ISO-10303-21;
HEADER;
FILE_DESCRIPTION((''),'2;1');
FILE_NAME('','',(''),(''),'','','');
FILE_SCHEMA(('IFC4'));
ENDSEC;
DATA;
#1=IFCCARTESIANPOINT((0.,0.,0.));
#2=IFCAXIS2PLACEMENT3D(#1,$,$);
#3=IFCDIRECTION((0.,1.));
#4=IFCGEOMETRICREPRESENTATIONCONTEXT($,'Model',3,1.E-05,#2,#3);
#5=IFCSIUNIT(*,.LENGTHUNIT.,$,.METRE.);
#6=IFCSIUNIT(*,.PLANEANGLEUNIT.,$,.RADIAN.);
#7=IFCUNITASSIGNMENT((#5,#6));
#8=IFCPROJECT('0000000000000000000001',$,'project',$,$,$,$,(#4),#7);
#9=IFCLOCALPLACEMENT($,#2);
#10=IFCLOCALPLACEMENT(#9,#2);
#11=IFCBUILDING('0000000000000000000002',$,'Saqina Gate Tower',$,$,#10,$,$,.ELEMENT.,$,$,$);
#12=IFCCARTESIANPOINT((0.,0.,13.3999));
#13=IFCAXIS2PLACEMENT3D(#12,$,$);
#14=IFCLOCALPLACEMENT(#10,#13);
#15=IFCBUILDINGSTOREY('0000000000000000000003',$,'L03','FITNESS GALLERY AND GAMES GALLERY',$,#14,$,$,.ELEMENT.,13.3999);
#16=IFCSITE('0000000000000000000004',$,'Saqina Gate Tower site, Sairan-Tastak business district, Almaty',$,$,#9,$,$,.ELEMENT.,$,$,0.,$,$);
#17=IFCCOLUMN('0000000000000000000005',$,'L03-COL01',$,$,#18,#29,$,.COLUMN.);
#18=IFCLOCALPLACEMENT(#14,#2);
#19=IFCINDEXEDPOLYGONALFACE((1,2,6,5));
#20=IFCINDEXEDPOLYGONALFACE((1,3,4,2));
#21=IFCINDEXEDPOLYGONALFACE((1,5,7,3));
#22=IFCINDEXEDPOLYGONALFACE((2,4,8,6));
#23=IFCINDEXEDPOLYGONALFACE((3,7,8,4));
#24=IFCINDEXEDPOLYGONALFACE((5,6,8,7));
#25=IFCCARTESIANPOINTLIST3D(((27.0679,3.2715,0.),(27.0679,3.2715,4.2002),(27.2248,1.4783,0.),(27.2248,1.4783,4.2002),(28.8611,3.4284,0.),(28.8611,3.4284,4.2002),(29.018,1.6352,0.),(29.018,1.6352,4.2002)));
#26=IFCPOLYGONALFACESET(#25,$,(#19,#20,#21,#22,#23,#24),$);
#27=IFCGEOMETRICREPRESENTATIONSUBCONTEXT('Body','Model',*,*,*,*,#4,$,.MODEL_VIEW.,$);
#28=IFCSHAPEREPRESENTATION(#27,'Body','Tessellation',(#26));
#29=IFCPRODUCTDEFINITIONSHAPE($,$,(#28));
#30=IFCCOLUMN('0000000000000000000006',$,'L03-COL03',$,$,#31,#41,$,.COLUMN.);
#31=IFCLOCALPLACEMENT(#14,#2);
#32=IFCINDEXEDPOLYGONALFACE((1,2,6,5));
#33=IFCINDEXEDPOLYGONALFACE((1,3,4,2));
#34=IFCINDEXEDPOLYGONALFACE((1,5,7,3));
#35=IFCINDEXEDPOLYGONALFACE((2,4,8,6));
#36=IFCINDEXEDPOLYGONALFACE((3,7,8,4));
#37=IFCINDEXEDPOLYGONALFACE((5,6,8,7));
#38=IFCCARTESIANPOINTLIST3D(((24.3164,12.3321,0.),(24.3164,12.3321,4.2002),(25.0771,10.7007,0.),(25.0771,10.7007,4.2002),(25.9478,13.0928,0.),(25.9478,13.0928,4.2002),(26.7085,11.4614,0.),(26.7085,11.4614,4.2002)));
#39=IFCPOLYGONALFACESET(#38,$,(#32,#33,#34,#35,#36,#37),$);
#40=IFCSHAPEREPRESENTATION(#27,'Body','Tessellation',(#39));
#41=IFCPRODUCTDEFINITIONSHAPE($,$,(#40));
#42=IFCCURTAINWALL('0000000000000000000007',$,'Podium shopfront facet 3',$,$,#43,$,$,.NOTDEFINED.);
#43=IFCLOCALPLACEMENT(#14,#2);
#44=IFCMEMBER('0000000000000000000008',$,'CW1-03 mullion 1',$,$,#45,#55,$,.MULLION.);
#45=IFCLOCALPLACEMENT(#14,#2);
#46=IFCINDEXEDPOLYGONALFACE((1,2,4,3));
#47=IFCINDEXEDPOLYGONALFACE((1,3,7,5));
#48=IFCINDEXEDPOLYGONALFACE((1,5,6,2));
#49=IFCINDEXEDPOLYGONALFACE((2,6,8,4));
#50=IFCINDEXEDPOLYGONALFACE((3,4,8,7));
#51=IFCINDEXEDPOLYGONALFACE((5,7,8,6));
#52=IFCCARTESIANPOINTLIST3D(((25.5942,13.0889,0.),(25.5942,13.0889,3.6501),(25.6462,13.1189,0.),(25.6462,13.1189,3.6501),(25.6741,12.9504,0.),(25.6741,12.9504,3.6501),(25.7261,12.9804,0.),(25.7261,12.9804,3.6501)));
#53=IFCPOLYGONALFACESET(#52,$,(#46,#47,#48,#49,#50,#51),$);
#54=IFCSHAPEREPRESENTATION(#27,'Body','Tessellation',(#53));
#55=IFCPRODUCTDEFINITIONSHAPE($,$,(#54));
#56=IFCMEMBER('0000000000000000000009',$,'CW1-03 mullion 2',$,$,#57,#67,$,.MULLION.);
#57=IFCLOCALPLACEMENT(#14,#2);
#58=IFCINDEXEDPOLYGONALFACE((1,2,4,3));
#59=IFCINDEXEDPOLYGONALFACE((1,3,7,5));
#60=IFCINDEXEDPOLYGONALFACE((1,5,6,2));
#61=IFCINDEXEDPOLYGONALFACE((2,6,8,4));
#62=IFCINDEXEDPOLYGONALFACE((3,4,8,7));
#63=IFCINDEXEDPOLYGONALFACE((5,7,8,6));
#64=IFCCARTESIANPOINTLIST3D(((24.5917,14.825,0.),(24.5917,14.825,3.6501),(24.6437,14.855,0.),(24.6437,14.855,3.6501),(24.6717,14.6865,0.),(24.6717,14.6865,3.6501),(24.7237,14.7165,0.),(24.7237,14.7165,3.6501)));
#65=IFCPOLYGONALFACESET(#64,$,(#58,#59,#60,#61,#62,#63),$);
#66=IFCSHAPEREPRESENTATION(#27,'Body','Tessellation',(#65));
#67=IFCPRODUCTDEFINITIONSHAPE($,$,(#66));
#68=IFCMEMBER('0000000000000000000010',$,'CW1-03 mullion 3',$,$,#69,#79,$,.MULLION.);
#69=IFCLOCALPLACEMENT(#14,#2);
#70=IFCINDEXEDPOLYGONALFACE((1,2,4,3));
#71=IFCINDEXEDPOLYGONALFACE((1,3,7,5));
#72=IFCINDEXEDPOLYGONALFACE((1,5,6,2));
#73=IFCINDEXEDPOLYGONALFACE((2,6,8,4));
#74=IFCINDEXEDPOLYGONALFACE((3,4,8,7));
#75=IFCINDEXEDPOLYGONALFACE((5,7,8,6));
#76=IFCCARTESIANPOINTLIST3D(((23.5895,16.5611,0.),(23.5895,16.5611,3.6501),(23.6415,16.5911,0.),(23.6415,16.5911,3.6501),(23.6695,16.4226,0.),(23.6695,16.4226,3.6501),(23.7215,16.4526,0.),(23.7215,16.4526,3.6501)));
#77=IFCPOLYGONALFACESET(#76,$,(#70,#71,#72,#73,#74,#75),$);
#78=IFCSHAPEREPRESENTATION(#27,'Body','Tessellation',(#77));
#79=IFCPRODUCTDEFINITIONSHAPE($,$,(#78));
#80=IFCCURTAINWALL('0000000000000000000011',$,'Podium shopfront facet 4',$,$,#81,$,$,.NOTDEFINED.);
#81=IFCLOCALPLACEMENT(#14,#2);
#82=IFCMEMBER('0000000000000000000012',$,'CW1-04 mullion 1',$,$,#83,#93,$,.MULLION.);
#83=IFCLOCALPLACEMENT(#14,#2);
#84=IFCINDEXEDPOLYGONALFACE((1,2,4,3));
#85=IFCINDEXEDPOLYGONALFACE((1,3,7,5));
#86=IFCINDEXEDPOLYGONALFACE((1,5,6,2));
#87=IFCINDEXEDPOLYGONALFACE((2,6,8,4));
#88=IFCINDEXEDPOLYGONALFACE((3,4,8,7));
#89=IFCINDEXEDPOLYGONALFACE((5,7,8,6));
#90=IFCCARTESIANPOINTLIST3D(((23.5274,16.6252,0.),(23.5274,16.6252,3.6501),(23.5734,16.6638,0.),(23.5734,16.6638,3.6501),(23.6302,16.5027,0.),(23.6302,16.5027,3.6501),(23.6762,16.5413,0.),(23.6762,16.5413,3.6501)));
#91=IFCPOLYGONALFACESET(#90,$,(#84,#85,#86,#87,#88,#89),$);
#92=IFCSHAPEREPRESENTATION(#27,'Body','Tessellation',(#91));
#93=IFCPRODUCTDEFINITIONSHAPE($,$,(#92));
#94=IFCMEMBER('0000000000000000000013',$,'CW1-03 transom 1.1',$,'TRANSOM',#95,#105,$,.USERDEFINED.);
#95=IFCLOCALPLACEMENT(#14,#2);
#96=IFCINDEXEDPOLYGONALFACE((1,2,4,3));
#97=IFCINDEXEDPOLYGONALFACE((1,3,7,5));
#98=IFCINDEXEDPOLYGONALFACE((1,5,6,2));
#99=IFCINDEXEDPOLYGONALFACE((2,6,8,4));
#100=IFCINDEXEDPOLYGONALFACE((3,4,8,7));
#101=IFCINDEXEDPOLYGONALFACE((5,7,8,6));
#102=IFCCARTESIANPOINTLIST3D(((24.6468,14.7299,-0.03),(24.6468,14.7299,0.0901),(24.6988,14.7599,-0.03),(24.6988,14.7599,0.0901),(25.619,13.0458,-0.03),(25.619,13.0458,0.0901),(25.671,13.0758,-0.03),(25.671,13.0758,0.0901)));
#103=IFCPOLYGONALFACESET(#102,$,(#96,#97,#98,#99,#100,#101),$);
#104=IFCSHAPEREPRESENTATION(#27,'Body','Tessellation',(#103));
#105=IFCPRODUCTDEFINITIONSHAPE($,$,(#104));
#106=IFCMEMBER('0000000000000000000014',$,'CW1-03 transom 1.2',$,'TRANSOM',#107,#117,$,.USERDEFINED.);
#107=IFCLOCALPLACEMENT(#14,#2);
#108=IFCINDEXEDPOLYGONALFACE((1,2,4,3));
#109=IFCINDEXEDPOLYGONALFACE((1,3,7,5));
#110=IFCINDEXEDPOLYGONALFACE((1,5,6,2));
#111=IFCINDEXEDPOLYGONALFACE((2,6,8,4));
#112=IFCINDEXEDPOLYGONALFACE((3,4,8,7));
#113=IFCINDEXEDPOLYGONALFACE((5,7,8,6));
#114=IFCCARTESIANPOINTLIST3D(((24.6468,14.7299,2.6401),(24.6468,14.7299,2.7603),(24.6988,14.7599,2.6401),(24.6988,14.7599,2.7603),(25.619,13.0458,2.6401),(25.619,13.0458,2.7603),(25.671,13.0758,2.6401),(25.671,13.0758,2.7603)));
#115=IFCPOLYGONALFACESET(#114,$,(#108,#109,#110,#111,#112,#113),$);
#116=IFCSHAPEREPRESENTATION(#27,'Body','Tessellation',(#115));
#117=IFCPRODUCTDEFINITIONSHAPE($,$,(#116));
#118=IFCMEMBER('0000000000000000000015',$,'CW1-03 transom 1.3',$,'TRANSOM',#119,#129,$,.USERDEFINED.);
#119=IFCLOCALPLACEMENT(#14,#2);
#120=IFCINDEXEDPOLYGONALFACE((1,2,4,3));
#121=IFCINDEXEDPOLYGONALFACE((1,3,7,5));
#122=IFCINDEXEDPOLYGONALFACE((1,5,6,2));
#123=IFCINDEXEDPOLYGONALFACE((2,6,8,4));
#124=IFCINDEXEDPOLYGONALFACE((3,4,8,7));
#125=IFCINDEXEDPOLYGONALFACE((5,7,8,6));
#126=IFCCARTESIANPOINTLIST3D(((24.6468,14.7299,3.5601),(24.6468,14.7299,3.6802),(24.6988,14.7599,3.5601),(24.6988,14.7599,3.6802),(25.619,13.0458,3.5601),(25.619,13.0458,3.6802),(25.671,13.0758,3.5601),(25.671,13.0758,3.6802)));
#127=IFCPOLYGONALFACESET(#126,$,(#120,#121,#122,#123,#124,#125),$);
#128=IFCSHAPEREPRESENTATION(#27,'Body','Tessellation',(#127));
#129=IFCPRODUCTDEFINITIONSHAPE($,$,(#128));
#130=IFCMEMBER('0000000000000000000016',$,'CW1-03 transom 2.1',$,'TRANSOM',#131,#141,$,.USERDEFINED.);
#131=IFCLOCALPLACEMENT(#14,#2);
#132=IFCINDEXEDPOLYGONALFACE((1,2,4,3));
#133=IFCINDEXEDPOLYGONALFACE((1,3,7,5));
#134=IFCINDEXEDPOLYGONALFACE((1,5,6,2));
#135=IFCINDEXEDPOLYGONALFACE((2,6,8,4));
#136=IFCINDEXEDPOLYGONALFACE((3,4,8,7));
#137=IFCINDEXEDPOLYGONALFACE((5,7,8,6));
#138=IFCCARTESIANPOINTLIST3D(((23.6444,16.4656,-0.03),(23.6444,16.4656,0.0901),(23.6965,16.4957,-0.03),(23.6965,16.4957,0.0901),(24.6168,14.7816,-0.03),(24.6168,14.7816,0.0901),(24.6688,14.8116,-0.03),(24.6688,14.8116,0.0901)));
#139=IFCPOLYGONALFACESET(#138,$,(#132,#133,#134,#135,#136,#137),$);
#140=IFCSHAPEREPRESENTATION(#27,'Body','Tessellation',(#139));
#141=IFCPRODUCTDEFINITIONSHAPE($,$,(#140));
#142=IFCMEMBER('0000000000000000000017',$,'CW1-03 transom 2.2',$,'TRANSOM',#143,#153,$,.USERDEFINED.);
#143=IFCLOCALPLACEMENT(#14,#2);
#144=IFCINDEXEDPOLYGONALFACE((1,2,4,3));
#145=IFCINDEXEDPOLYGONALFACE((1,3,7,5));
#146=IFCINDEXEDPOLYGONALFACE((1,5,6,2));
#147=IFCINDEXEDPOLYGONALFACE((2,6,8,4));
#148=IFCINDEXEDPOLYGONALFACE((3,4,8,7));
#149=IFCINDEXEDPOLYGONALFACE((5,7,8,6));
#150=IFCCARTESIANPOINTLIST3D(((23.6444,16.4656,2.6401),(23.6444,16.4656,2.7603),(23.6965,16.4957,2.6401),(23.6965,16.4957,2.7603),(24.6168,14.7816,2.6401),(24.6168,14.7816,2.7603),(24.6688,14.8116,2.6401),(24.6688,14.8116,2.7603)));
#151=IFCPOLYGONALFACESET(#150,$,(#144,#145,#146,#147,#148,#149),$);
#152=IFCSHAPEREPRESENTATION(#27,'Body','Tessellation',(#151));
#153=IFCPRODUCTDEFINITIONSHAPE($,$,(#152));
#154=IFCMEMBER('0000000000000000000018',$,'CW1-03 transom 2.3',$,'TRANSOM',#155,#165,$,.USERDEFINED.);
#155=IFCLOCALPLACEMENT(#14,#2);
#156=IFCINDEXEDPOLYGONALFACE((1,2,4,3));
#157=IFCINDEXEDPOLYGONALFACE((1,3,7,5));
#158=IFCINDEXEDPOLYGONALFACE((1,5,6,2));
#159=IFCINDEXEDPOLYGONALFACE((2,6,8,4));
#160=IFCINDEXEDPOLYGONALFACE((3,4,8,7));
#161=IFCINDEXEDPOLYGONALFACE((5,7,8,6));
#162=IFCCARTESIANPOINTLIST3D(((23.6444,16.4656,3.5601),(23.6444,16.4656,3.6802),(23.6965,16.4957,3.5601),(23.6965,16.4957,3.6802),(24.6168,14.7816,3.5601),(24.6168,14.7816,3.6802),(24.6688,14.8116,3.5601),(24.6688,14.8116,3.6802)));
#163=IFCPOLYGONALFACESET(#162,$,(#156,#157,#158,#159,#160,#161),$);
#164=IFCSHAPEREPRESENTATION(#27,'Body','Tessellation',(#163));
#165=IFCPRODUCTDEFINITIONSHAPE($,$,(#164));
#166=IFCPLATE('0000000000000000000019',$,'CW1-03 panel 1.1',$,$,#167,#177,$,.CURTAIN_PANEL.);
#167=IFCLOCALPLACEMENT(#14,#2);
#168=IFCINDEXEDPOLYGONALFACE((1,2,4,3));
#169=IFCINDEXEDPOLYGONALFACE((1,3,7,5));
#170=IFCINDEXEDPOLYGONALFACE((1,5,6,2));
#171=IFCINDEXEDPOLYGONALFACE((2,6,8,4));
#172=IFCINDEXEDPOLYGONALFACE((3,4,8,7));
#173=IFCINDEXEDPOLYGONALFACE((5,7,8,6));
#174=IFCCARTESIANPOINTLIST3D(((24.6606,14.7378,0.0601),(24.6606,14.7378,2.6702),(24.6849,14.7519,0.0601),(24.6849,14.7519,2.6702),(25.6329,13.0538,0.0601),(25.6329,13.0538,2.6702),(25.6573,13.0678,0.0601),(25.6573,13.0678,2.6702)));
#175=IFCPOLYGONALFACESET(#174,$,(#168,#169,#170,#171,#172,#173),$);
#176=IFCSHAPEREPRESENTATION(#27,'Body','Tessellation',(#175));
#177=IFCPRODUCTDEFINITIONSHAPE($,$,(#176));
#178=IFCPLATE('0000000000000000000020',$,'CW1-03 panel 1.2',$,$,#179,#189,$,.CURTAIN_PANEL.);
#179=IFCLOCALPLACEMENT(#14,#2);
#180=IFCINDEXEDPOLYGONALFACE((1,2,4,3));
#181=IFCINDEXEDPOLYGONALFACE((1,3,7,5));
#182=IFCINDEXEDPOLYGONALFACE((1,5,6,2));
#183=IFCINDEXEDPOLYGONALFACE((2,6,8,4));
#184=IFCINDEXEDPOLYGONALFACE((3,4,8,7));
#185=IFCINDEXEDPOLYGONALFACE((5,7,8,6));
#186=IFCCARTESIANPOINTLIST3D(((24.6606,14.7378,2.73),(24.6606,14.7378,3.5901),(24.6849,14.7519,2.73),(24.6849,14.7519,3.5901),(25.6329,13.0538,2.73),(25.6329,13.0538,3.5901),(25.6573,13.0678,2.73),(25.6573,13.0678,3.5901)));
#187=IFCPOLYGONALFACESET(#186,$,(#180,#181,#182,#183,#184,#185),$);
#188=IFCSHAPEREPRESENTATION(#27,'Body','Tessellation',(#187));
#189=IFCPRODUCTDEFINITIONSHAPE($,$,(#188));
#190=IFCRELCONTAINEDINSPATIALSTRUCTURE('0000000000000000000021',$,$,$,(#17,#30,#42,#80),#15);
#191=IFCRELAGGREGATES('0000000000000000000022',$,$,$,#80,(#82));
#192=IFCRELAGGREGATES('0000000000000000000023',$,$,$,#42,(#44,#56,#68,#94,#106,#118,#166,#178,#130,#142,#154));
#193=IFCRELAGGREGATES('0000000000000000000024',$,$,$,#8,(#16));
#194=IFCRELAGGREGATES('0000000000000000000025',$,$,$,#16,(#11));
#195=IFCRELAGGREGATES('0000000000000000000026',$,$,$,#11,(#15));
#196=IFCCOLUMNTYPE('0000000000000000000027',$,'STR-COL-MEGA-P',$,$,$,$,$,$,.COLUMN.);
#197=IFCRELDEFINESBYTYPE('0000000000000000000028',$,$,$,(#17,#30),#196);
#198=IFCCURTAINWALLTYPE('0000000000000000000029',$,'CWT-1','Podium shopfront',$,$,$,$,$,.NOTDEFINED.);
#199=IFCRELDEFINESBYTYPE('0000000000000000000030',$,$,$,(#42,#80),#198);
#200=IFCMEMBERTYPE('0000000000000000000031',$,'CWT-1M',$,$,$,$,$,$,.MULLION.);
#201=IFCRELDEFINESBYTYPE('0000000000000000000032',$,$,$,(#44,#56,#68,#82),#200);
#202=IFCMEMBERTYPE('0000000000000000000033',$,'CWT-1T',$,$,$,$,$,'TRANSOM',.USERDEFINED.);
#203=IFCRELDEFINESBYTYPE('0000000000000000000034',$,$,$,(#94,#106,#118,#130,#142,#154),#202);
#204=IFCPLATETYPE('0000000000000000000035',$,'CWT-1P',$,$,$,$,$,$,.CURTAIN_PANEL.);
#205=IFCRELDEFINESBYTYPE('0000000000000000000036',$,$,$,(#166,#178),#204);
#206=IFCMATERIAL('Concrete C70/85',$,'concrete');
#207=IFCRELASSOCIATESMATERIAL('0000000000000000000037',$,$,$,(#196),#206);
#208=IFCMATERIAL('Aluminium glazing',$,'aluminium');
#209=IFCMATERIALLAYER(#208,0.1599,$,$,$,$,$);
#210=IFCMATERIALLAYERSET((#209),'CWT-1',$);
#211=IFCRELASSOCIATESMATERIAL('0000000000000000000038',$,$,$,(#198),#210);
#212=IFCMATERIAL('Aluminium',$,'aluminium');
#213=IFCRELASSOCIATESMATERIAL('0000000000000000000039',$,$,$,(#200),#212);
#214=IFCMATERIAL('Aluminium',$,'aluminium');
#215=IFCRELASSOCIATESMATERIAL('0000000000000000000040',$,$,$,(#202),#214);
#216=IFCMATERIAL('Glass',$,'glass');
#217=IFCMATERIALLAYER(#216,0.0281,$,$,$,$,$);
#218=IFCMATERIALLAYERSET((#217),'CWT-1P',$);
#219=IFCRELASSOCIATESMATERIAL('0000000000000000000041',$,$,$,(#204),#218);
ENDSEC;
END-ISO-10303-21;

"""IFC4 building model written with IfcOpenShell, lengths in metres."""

from ifc_helpers import new_model, si_unit, direction, frame, origin, origin_2d, place, context, subcontext, project, spatial, rectangle, extrude, material, layer, layer_set, material_profile, profile_set, type_object, element, aggregate, save


model = new_model("IFC4")

# Units and contexts
model_context = context("Model", 3, precision=1e-05, world=origin(), true_north=direction((0.0, 1.0)))
body_context = subcontext(model_context, "Body", "Model", "MODEL_VIEW")
ifc_project = project(units=[si_unit("LENGTHUNIT", "METRE"), si_unit("PLANEANGLEUNIT", "RADIAN")], contexts=[model_context])

# Site, building, storey
site_placement = place(None, origin())
site = spatial("IfcSite", under=ifc_project, at=site_placement, Name="Saqina Gate Tower site, Sairan-Tastak business district, Almaty", CompositionType="ELEMENT", RefElevation=0.0)
building_placement = place(site_placement, origin())
building = spatial("IfcBuilding", under=site, at=building_placement, Name="Saqina Gate Tower", CompositionType="ELEMENT")
storey_placement = place(building_placement, frame((0.0, 0.0, 13.3999)))
storey = spatial("IfcBuildingStorey", under=building, at=storey_placement, Name="L03", Description="FITNESS GALLERY AND GAMES GALLERY", CompositionType="ELEMENT", Elevation=13.3999)

# Columns
ifc_material_1 = material(Name="Concrete C70/85", Category="concrete")
ifc_material_profile_1 = material_profile(ifc_material_1, rectangle(XDim=1.8, YDim=1.8, at=origin_2d()), Name="RC 1800x1800")
ifc_profile_set_1 = profile_set([ifc_material_profile_1], Name="Concrete C70/85")
column_type = type_object("IfcColumnType", Name="STR-COL-MEGA-P", PredefinedType="COLUMN", material=ifc_profile_set_1)
for number, where, z_axis, x_axis, name in (
    (1, (28.043, 2.4534, 0.0), (0.0, 0.0, 1.0), (0.996195, 0.087156, 0.0), "L03-COL01"),
    (2, (25.5125, 11.8967, 0.0), (0.0, 0.0, 1.0), (0.906308, 0.422618, 0.0), "L03-COL03"),
):
    element("IfcColumn", number, at=place(storey_placement, frame(where, z_axis=z_axis, x_axis=x_axis)), inside=storey, type_object=column_type, Name=name, PredefinedType="COLUMN", context=body_context, shape_type="SweptSolid", body=[
        extrude(rectangle(XDim=1.8, YDim=1.8, at=origin_2d()), origin(), (0.0, 0.0, 1.0), 4.2002),
    ])

# Curtain wall, members
ifc_material_2 = material(Name="Aluminium glazing", Category="aluminium")
ifc_layer_1 = layer(ifc_material_2, 0.1599)
ifc_layer_set_1 = layer_set([ifc_layer_1], Name="CWT-1")
curtain_wall_type = type_object("IfcCurtainWallType", Name="CWT-1", Description="Podium shopfront", PredefinedType="NOTDEFINED", material=ifc_layer_set_1)
curtain_wall_1_placement = place(storey_placement, origin())
curtain_wall_1 = element("IfcCurtainWall", 3, at=curtain_wall_1_placement, inside=storey, type_object=curtain_wall_type, Name="Podium shopfront facet 3", PredefinedType="NOTDEFINED")
ifc_material_3 = material(Name="Aluminium", Category="aluminium")
ifc_material_profile_2 = material_profile(ifc_material_3, rectangle(XDim=0.0601, YDim=0.1599, at=origin_2d()), Name="Aluminium 60x160")
ifc_profile_set_2 = profile_set([ifc_material_profile_2], Name="Aluminium")
member_type_1 = type_object("IfcMemberType", Name="CWT-1M", PredefinedType="MULLION", material=ifc_profile_set_2)
member_1_placement = place(storey_placement, frame((25.6602, 13.0347, 0.0), z_axis=(0.0, 0.0, 1.0), x_axis=(-0.866017, -0.500014, 0.0)))
member_1 = element("IfcMember", 4, at=member_1_placement, type_object=member_type_1, Name="CW1-03 mullion 1", PredefinedType="MULLION", context=body_context, shape_type="SweptSolid", body=[
    extrude(rectangle(XDim=0.0601, YDim=0.1599, at=origin_2d()), origin(), (0.0, 0.0, 1.0), 3.6501),
])
member_2_placement = place(storey_placement, frame((24.6577, 14.7708, 0.0), z_axis=(0.0, 0.0, 1.0), x_axis=(-0.866017, -0.500014, 0.0)))
member_2 = element("IfcMember", 5, at=member_2_placement, type_object=member_type_1, Name="CW1-03 mullion 2", PredefinedType="MULLION", context=body_context, shape_type="SweptSolid", body=[
    extrude(rectangle(XDim=0.0601, YDim=0.1599, at=origin_2d()), origin(), (0.0, 0.0, 1.0), 3.6501),
])
member_3_placement = place(storey_placement, frame((23.6555, 16.5068, 0.0), z_axis=(0.0, 0.0, 1.0), x_axis=(-0.866017, -0.500014, 0.0)))
member_3 = element("IfcMember", 6, at=member_3_placement, type_object=member_type_1, Name="CW1-03 mullion 3", PredefinedType="MULLION", context=body_context, shape_type="SweptSolid", body=[
    extrude(rectangle(XDim=0.0601, YDim=0.1599, at=origin_2d()), origin(), (0.0, 0.0, 1.0), 3.6501),
])

# Curtain wall, member
curtain_wall_2_placement = place(storey_placement, origin())
curtain_wall_2 = element("IfcCurtainWall", 7, at=curtain_wall_2_placement, inside=storey, type_object=curtain_wall_type, Name="Podium shopfront facet 4", PredefinedType="NOTDEFINED")
member_4_placement = place(storey_placement, frame((23.6018, 16.5833, 0.0), z_axis=(0.0, 0.0, 1.0), x_axis=(-0.766051, -0.642779, 0.0)))
member_4 = element("IfcMember", 8, at=member_4_placement, type_object=member_type_1, Name="CW1-04 mullion 1", PredefinedType="MULLION", context=body_context, shape_type="SweptSolid", body=[
    extrude(rectangle(XDim=0.0601, YDim=0.1599, at=origin_2d()), origin(), (0.0, 0.0, 1.0), 3.6501),
])
aggregate(curtain_wall_2, [member_4])

# Members
ifc_material_4 = material(Name="Aluminium", Category="aluminium")
ifc_material_profile_3 = material_profile(ifc_material_4, rectangle(XDim=0.0601, YDim=0.1201, at=origin_2d()), Name="Aluminium 60x120")
ifc_profile_set_3 = profile_set([ifc_material_profile_3], Name="Aluminium")
member_type_2 = type_object("IfcMemberType", Name="CWT-1T", ElementType="TRANSOM", PredefinedType="USERDEFINED", material=ifc_profile_set_3)
member_5_placement = place(storey_placement, frame((25.645, 13.0608, 0.03), z_axis=(-0.499947, 0.866056, 0.0), x_axis=(-0.866056, -0.499947, 0.0)))
member_5 = element("IfcMember", 9, at=member_5_placement, type_object=member_type_2, Name="CW1-03 transom 1.1", ObjectType="TRANSOM", PredefinedType="USERDEFINED", context=body_context, shape_type="SweptSolid", body=[
    extrude(rectangle(XDim=0.0601, YDim=0.1201, at=origin_2d()), origin(), (0.0, 0.0, 1.0), 1.9446),
])
member_6_placement = place(storey_placement, frame((25.645, 13.0608, 2.7002), z_axis=(-0.499947, 0.866056, 0.0), x_axis=(-0.866056, -0.499947, 0.0)))
member_6 = element("IfcMember", 10, at=member_6_placement, type_object=member_type_2, Name="CW1-03 transom 1.2", ObjectType="TRANSOM", PredefinedType="USERDEFINED", context=body_context, shape_type="SweptSolid", body=[
    extrude(rectangle(XDim=0.0601, YDim=0.1201, at=origin_2d()), origin(), (0.0, 0.0, 1.0), 1.9446),
])
member_7_placement = place(storey_placement, frame((25.645, 13.0608, 3.6201), z_axis=(-0.499947, 0.866056, 0.0), x_axis=(-0.866056, -0.499947, 0.0)))
member_7 = element("IfcMember", 11, at=member_7_placement, type_object=member_type_2, Name="CW1-03 transom 1.3", ObjectType="TRANSOM", PredefinedType="USERDEFINED", context=body_context, shape_type="SweptSolid", body=[
    extrude(rectangle(XDim=0.0601, YDim=0.1201, at=origin_2d()), origin(), (0.0, 0.0, 1.0), 1.9446),
])
member_8_placement = place(storey_placement, frame((24.6428, 14.7966, 0.03), z_axis=(-0.500041, 0.866002, 0.0), x_axis=(-0.866002, -0.500041, 0.0)))
member_8 = element("IfcMember", 12, at=member_8_placement, type_object=member_type_2, Name="CW1-03 transom 2.1", ObjectType="TRANSOM", PredefinedType="USERDEFINED", context=body_context, shape_type="SweptSolid", body=[
    extrude(rectangle(XDim=0.0601, YDim=0.1201, at=origin_2d()), origin(), (0.0, 0.0, 1.0), 1.9446),
])
member_9_placement = place(storey_placement, frame((24.6428, 14.7966, 2.7002), z_axis=(-0.500041, 0.866002, 0.0), x_axis=(-0.866002, -0.500041, 0.0)))
member_9 = element("IfcMember", 13, at=member_9_placement, type_object=member_type_2, Name="CW1-03 transom 2.2", ObjectType="TRANSOM", PredefinedType="USERDEFINED", context=body_context, shape_type="SweptSolid", body=[
    extrude(rectangle(XDim=0.0601, YDim=0.1201, at=origin_2d()), origin(), (0.0, 0.0, 1.0), 1.9446),
])
member_10_placement = place(storey_placement, frame((24.6428, 14.7966, 3.6201), z_axis=(-0.500041, 0.866002, 0.0), x_axis=(-0.866002, -0.500041, 0.0)))
member_10 = element("IfcMember", 14, at=member_10_placement, type_object=member_type_2, Name="CW1-03 transom 2.3", ObjectType="TRANSOM", PredefinedType="USERDEFINED", context=body_context, shape_type="SweptSolid", body=[
    extrude(rectangle(XDim=0.0601, YDim=0.1201, at=origin_2d()), origin(), (0.0, 0.0, 1.0), 1.9446),
])

# Plates
ifc_material_5 = material(Name="Glass", Category="glass")
ifc_layer_2 = layer(ifc_material_5, 0.0281)
ifc_layer_set_2 = layer_set([ifc_layer_2], Name="CWT-1P")
plate_type = type_object("IfcPlateType", Name="CWT-1P", PredefinedType="CURTAIN_PANEL", material=ifc_layer_set_2)
plate_1_placement = place(storey_placement, frame((25.1589, 13.9028, 0.0601), z_axis=(0.0, 0.0, 1.0), x_axis=(-0.500014, 0.866017, 0.0)))
plate_1 = element("IfcPlate", 15, at=plate_1_placement, type_object=plate_type, Name="CW1-03 panel 1.1", PredefinedType="CURTAIN_PANEL", context=body_context, shape_type="SweptSolid", body=[
    extrude(rectangle(XDim=1.9446, YDim=0.0281, at=origin_2d()), origin(), (0.0, 0.0, 1.0), 2.6101),
])
plate_2_placement = place(storey_placement, frame((25.1589, 13.9028, 2.73), z_axis=(0.0, 0.0, 1.0), x_axis=(-0.500014, 0.866017, 0.0)))
plate_2 = element("IfcPlate", 16, at=plate_2_placement, type_object=plate_type, Name="CW1-03 panel 1.2", PredefinedType="CURTAIN_PANEL", context=body_context, shape_type="SweptSolid", body=[
    extrude(rectangle(XDim=1.9446, YDim=0.0281, at=origin_2d()), origin(), (0.0, 0.0, 1.0), 0.8601),
])
aggregate(curtain_wall_1, [member_1, member_2, member_3, member_5, member_6, member_7, plate_1, plate_2, member_8, member_9, member_10])

save(model, "model.ifc")
